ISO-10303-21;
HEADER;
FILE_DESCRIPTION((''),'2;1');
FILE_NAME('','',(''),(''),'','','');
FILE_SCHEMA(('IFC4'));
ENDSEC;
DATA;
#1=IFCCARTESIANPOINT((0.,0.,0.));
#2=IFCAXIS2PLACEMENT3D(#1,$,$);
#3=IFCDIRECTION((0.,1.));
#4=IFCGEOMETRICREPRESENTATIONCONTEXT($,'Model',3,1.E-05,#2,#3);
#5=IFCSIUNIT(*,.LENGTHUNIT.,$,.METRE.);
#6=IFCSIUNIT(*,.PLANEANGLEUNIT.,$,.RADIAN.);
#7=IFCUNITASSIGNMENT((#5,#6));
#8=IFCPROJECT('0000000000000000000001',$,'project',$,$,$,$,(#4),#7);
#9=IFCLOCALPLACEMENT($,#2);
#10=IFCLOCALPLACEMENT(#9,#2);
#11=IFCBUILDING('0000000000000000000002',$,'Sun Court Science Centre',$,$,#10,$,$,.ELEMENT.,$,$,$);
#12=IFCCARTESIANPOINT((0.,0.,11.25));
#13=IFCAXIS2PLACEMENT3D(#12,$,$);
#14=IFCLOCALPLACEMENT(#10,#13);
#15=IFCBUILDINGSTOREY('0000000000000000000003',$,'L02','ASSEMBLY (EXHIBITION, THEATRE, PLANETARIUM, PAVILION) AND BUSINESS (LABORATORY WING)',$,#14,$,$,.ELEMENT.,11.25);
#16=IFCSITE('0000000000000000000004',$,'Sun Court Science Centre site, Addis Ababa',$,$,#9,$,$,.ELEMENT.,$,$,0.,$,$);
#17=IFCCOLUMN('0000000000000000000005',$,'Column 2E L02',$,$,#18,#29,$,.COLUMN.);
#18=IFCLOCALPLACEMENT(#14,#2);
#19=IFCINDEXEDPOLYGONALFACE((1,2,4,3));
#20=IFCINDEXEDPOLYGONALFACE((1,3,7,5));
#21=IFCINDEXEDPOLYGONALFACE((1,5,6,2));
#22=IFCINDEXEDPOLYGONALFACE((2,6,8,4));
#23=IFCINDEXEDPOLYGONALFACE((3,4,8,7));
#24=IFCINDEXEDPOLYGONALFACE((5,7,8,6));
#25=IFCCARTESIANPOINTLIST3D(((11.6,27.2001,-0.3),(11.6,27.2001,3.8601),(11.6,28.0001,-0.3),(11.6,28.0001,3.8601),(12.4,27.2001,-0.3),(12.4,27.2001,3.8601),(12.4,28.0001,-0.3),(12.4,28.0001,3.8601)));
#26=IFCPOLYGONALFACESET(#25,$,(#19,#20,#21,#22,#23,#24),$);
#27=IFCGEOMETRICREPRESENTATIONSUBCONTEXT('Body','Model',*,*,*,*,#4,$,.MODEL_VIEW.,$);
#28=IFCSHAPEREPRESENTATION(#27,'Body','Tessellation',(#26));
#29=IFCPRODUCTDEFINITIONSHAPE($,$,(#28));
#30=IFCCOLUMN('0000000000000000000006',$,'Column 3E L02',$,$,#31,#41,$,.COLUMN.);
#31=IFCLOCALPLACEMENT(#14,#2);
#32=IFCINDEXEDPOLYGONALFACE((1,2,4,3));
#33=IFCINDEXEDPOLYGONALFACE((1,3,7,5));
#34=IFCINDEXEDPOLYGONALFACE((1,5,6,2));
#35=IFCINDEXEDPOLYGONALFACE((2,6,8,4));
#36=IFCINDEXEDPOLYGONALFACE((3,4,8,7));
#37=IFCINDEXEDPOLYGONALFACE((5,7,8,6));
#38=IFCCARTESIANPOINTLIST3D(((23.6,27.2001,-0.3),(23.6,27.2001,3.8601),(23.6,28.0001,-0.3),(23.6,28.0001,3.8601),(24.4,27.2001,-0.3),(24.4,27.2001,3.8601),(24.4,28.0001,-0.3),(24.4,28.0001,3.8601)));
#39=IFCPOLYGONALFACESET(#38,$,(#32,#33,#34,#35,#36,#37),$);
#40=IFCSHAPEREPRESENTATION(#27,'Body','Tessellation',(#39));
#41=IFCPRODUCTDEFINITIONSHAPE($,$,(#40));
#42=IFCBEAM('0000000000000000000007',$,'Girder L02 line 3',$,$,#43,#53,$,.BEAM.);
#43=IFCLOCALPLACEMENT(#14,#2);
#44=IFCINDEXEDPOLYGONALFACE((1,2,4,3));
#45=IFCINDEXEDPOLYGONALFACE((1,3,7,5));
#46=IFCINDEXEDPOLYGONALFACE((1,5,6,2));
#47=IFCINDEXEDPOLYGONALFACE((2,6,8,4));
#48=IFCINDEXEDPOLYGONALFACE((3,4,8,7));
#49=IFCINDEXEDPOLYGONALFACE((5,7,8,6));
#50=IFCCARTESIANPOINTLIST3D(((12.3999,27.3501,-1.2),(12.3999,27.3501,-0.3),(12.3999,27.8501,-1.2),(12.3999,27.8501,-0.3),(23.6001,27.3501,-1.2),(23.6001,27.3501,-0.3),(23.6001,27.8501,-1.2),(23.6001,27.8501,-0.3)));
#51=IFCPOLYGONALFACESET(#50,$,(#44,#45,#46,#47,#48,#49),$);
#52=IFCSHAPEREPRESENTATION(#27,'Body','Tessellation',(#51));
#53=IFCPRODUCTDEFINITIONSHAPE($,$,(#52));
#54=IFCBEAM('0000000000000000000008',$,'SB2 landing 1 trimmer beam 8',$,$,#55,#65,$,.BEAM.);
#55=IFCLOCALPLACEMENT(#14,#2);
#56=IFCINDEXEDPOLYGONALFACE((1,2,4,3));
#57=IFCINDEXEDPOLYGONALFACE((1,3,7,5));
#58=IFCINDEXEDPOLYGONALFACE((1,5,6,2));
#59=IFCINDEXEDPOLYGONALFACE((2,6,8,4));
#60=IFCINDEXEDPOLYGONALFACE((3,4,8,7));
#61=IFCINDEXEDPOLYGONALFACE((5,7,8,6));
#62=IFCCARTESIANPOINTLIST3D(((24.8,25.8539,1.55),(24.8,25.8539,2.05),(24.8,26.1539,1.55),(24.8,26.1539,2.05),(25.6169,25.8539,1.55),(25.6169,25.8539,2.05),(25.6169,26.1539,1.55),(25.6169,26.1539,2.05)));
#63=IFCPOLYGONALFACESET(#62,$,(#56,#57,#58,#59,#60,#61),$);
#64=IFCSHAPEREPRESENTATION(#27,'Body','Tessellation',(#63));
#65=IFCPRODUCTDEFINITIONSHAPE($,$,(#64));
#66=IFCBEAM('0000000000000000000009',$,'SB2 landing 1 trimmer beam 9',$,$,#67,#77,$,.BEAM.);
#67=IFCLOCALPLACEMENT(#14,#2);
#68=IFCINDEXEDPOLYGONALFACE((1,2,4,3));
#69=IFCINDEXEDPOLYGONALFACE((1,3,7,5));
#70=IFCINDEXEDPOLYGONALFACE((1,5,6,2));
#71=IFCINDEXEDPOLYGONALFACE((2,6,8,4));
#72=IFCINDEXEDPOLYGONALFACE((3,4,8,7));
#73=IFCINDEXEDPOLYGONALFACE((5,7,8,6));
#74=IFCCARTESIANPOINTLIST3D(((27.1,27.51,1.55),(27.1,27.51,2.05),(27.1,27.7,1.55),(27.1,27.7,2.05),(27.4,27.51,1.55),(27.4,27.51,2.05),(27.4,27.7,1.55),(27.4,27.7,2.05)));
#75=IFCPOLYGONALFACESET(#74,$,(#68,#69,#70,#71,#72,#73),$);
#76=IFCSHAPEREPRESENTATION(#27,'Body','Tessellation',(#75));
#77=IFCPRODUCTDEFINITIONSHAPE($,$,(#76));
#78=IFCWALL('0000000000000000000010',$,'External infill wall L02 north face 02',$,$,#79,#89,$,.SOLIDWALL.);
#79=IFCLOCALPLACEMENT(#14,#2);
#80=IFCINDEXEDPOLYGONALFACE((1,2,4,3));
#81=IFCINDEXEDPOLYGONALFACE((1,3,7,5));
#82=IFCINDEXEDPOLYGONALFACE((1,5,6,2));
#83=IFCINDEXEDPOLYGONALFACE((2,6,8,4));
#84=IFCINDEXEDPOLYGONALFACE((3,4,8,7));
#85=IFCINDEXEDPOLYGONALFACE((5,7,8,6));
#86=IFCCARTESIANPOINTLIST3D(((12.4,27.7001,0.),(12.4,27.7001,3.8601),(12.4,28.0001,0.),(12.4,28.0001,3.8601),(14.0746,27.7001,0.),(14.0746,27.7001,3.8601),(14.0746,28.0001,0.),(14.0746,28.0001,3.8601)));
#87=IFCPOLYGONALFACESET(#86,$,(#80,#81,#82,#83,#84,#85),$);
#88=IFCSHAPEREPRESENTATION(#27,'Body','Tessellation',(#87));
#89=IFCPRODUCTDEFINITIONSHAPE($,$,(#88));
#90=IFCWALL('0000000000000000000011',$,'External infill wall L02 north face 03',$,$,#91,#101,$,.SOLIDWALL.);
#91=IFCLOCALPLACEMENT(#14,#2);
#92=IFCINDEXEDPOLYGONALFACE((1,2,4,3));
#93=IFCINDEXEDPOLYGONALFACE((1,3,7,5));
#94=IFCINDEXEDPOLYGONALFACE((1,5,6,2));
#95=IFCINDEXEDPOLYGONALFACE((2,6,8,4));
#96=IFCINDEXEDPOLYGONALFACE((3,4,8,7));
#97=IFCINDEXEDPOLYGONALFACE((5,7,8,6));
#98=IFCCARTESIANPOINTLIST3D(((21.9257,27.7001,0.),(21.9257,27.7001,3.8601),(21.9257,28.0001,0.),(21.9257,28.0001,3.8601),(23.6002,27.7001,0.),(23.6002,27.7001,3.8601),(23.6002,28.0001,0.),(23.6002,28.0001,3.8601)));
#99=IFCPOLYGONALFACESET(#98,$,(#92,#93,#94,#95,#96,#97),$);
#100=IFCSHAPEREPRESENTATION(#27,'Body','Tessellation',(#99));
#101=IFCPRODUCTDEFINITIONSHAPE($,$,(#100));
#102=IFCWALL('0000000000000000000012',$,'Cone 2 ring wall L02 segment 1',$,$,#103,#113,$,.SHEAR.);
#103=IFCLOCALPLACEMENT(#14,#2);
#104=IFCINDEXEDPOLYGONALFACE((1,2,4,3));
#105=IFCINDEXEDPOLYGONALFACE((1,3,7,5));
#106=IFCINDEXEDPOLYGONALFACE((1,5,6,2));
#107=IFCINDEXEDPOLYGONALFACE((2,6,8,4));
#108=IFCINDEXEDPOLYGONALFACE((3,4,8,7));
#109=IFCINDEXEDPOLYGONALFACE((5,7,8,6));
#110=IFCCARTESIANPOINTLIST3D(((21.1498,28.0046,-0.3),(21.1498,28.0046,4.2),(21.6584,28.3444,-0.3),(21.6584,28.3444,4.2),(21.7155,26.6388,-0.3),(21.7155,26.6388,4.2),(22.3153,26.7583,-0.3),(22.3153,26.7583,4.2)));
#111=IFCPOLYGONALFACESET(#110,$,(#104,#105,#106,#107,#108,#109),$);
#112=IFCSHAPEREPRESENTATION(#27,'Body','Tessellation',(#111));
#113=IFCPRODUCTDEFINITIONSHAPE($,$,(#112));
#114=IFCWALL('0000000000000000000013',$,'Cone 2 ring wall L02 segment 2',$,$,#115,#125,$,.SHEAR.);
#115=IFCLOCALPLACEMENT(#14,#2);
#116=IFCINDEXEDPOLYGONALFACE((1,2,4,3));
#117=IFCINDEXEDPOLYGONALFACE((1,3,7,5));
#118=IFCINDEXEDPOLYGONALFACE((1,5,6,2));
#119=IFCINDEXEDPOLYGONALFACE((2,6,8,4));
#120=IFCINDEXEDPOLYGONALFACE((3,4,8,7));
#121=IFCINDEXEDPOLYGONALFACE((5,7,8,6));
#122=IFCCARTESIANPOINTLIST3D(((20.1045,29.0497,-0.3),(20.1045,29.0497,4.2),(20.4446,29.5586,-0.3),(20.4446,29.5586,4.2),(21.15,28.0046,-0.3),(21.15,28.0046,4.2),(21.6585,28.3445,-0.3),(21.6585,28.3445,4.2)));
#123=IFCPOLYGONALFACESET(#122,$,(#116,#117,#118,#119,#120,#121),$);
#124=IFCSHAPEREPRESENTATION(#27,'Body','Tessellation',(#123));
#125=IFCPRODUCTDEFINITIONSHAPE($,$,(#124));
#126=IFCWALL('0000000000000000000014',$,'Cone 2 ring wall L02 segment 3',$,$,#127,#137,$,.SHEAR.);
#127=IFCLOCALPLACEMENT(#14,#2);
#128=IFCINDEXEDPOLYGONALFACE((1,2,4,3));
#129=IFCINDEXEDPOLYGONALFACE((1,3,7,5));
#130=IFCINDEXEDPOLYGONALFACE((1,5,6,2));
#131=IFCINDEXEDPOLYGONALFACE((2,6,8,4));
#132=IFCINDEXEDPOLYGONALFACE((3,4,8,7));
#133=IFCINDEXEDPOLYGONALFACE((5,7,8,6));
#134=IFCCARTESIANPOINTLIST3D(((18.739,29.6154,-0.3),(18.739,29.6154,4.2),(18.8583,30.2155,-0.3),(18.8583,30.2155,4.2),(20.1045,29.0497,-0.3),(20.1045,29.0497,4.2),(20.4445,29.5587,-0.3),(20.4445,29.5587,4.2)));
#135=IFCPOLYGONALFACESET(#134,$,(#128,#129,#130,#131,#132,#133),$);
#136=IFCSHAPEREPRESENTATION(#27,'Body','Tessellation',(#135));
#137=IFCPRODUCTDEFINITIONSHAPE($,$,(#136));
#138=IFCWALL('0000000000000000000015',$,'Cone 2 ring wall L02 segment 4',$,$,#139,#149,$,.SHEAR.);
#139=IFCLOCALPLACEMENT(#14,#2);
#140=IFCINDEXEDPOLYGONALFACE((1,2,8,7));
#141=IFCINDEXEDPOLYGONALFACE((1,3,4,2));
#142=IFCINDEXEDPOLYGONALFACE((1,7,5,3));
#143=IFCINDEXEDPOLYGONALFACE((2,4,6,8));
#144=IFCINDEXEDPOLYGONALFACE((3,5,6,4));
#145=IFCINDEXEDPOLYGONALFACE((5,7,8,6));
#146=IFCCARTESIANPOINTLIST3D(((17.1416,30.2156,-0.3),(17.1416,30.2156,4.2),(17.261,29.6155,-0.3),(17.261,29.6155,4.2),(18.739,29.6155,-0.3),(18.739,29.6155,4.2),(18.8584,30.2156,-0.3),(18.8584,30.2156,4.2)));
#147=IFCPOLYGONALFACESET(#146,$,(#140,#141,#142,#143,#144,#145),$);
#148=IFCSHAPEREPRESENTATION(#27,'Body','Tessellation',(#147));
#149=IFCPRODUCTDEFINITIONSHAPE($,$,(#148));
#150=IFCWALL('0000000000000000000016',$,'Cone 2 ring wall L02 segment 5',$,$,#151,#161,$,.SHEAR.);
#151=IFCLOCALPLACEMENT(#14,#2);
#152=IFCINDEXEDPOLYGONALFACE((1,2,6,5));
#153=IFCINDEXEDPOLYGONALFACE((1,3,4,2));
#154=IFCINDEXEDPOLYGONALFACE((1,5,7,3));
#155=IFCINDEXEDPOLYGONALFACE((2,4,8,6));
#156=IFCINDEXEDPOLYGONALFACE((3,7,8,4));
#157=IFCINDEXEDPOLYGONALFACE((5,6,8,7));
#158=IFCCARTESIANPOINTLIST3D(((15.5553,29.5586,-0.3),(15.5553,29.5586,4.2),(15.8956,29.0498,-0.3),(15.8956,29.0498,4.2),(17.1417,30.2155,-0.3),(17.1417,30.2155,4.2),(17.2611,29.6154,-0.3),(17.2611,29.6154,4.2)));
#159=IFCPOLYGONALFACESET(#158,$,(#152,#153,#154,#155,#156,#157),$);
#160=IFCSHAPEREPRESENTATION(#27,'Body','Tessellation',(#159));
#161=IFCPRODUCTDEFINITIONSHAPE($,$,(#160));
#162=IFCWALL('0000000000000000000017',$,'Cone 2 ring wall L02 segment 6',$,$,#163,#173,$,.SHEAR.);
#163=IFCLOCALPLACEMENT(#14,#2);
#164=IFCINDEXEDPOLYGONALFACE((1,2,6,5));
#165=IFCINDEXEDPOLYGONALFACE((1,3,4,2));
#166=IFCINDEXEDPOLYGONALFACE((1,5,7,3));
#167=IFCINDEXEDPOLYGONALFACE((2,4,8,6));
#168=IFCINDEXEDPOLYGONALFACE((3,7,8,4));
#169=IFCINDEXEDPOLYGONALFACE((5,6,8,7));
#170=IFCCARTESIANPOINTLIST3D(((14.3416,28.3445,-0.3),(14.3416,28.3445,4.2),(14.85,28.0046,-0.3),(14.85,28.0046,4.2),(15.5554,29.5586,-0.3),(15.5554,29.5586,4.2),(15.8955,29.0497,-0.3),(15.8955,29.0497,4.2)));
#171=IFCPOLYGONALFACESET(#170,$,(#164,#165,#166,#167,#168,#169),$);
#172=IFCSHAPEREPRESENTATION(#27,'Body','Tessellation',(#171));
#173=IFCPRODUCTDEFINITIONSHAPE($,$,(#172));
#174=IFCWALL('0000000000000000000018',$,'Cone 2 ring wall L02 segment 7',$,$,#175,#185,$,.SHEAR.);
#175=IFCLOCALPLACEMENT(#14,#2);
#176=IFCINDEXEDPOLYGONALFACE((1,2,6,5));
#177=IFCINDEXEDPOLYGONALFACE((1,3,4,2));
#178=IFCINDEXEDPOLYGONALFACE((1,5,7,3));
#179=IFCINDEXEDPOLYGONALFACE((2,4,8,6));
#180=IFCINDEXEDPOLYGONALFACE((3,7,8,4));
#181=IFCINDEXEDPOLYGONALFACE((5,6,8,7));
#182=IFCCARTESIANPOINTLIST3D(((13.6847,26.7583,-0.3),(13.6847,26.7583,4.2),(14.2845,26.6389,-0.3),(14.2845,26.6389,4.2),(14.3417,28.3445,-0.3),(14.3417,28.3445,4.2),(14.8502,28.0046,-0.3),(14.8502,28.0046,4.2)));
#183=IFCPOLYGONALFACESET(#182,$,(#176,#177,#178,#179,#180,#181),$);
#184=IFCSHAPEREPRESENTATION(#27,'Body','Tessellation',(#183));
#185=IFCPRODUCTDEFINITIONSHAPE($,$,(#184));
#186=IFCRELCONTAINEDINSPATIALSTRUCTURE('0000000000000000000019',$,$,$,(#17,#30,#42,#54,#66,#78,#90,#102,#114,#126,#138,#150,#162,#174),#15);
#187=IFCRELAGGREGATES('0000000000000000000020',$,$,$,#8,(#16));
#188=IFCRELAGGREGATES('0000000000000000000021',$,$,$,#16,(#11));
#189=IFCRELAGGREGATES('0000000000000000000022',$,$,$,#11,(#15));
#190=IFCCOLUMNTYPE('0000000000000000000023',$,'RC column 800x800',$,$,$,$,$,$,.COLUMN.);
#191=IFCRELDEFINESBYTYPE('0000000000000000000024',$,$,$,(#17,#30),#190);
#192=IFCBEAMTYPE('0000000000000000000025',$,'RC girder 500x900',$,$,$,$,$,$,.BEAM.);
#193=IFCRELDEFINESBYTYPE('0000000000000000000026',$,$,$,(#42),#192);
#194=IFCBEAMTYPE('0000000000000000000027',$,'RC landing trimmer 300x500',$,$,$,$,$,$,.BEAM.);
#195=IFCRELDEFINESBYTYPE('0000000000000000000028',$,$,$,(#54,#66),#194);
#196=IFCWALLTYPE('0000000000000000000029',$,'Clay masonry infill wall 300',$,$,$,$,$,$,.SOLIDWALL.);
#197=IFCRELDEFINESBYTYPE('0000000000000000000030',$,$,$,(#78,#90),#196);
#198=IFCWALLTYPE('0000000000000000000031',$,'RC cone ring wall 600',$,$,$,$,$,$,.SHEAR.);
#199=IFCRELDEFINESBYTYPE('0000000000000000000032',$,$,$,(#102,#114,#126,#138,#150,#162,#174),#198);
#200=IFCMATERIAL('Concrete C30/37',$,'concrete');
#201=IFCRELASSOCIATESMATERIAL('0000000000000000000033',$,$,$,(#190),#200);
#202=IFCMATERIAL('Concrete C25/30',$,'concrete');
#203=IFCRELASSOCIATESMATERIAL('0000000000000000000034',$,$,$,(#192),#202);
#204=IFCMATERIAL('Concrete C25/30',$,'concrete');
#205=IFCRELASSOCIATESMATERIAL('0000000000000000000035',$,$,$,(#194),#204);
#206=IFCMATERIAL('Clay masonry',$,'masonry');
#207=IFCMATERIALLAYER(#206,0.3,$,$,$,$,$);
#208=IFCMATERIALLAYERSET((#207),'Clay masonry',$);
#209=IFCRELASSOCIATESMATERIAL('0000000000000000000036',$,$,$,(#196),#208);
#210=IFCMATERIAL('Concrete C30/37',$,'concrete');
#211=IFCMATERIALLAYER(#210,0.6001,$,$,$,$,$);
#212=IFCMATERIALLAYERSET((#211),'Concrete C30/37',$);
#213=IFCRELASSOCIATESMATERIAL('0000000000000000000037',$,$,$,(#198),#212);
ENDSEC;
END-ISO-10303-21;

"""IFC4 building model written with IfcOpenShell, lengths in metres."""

from ifc_helpers import new_model, si_unit, direction, frame, frame_2d, origin, origin_2d, place, context, subcontext, project, spatial, polyline, rectangle, outline, extrude, material, layer, layer_set, material_profile, profile_set, type_object, element, save


model = new_model("IFC4")

# Units and contexts
model_context = context("Model", 3, precision=1e-05, world=origin(), true_north=direction((0.0, 1.0)))
body_context = subcontext(model_context, "Body", "Model", "MODEL_VIEW")
ifc_project = project(units=[si_unit("LENGTHUNIT", "METRE"), si_unit("PLANEANGLEUNIT", "RADIAN")], contexts=[model_context])

# Site, building, storey
site_placement = place(None, origin())
site = spatial("IfcSite", under=ifc_project, at=site_placement, Name="Sun Court Science Centre site, Addis Ababa", CompositionType="ELEMENT", RefElevation=0.0)
building_placement = place(site_placement, origin())
building = spatial("IfcBuilding", under=site, at=building_placement, Name="Sun Court Science Centre", CompositionType="ELEMENT")
storey_placement = place(building_placement, frame((0.0, 0.0, 11.25)))
storey = spatial("IfcBuildingStorey", under=building, at=storey_placement, Name="L02", Description="ASSEMBLY (EXHIBITION, THEATRE, PLANETARIUM, PAVILION) AND BUSINESS (LABORATORY WING)", CompositionType="ELEMENT", Elevation=11.25)

# Columns
ifc_material_1 = material(Name="Concrete C30/37", Category="concrete")
ifc_material_profile_1 = material_profile(ifc_material_1, rectangle(XDim=0.8, YDim=0.8, at=origin_2d()), Name="RC 800x800")
ifc_profile_set_1 = profile_set([ifc_material_profile_1], Name="Concrete C30/37")
column_type = type_object("IfcColumnType", Name="RC column 800x800", PredefinedType="COLUMN", material=ifc_profile_set_1)
for number, where, z_axis, x_axis, name in (
    (1, (12.0, 27.6001, -0.3), (0.0, 0.0, 1.0), (1.0, 0.0, 0.0), "Column 2E L02"),
    (2, (24.0, 27.6001, -0.3), (0.0, 0.0, 1.0), (1.0, 0.0, 0.0), "Column 3E L02"),
):
    element("IfcColumn", number, at=place(storey_placement, frame(where, z_axis=z_axis, x_axis=x_axis)), inside=storey, type_object=column_type, Name=name, PredefinedType="COLUMN", context=body_context, shape_type="SweptSolid", body=[
        extrude(rectangle(XDim=0.8, YDim=0.8, at=origin_2d()), origin(), (0.0, 0.0, 1.0), 4.1602),
    ])

# Beams
ifc_material_2 = material(Name="Concrete C25/30", Category="concrete")
ifc_material_profile_2 = material_profile(ifc_material_2, rectangle(XDim=0.5, YDim=0.8999, at=origin_2d()), Name="RC 500x900")
ifc_profile_set_2 = profile_set([ifc_material_profile_2], Name="Concrete C25/30")
beam_type_1 = type_object("IfcBeamType", Name="RC girder 500x900", PredefinedType="BEAM", material=ifc_profile_set_2)
beam_1_placement = place(storey_placement, frame((12.3999, 27.6001, -0.75), z_axis=(1.0, 0.0, 0.0), x_axis=(0.0, 1.0, 0.0)))
element("IfcBeam", 3, at=beam_1_placement, inside=storey, type_object=beam_type_1, Name="Girder L02 line 3", PredefinedType="BEAM", context=body_context, shape_type="SweptSolid", body=[
    extrude(rectangle(XDim=0.5, YDim=0.8999, at=origin_2d()), origin(), (0.0, 0.0, 1.0), 11.2002),
])
ifc_material_3 = material(Name="Concrete C25/30", Category="concrete")
ifc_material_profile_3 = material_profile(ifc_material_3, rectangle(XDim=0.3, YDim=0.5, at=origin_2d()), Name="RC 300x500")
ifc_profile_set_3 = profile_set([ifc_material_profile_3], Name="Concrete C25/30")
beam_type_2 = type_object("IfcBeamType", Name="RC landing trimmer 300x500", PredefinedType="BEAM", material=ifc_profile_set_3)
beam_2_placement = place(storey_placement, frame((24.8, 26.0039, 1.8), z_axis=(1.0, 0.0, 0.0), x_axis=(0.0, 1.0, 0.0)))
element("IfcBeam", 4, at=beam_2_placement, inside=storey, type_object=beam_type_2, Name="SB2 landing 1 trimmer beam 8", PredefinedType="BEAM", context=body_context, shape_type="SweptSolid", body=[
    extrude(rectangle(XDim=0.3, YDim=0.5, at=origin_2d()), origin(), (0.0, 0.0, 1.0), 0.8169),
])
beam_3_placement = place(storey_placement, frame((27.25, 27.7, 1.8), z_axis=(0.0, -1.0, 0.0), x_axis=(1.0, 0.0, 0.0)))
element("IfcBeam", 5, at=beam_3_placement, inside=storey, type_object=beam_type_2, Name="SB2 landing 1 trimmer beam 9", PredefinedType="BEAM", context=body_context, shape_type="SweptSolid", body=[
    extrude(rectangle(XDim=0.3, YDim=0.5, at=origin_2d()), origin(), (0.0, 0.0, 1.0), 0.1899),
])

# Walls
ifc_material_4 = material(Name="Clay masonry", Category="masonry")
ifc_layer_1 = layer(ifc_material_4, 0.3)
ifc_layer_set_1 = layer_set([ifc_layer_1], Name="Clay masonry")
wall_type_1 = type_object("IfcWallType", Name="Clay masonry infill wall 300", PredefinedType="SOLIDWALL", material=ifc_layer_set_1)
for number, where, z_axis, x_axis, name in (
    (6, (12.3999, 27.8501, 0.0), (0.0, 0.0, 1.0), (1.0, 0.0, 0.0), "External infill wall L02 north face 02"),
    (7, (21.9255, 27.8501, 0.0), (0.0, 0.0, 1.0), (1.0, 0.0, 0.0), "External infill wall L02 north face 03"),
):
    element("IfcWall", number, at=place(storey_placement, frame(where, z_axis=z_axis, x_axis=x_axis)), inside=storey, type_object=wall_type_1, Name=name, PredefinedType="SOLIDWALL", context=body_context, shape_type="SweptSolid", body=[
        extrude(rectangle(XDim=1.6746, YDim=0.3, at=frame_2d((0.8374, 0.0))), origin(), (0.0, 0.0, 1.0), 3.8601),
    ])
ifc_material_5 = material(Name="Concrete C30/37", Category="concrete")
ifc_layer_2 = layer(ifc_material_5, 0.6001)
ifc_layer_set_2 = layer_set([ifc_layer_2], Name="Concrete C30/37")
wall_type_2 = type_object("IfcWallType", Name="RC cone ring wall 600", PredefinedType="SHEAR", material=ifc_layer_set_2)
wall_1_placement = place(storey_placement, frame((22.0383, 26.6436, -0.3), z_axis=(0.0, 0.0, 1.0), x_axis=(-0.382666, 0.923887, 0.0)))
element("IfcWall", 8, at=wall_1_placement, inside=storey, type_object=wall_type_2, Name="Cone 2 ring wall L02 segment 1", PredefinedType="SHEAR", context=body_context, shape_type="SweptSolid", body=[
    extrude(outline(polyline([(0.0, -0.2998), (1.7168, -0.2998), (1.5974, 0.3), (0.1191, 0.3), (0.0, -0.2998)])), origin(), (0.0, 0.0, 1.0), 4.5),
])
wall_2_placement = place(storey_placement, frame((21.4463, 28.1323, -0.3), z_axis=(0.0, 0.0, 1.0), x_axis=(-0.707036, 0.707178, 0.0)))
element("IfcWall", 9, at=wall_2_placement, inside=storey, type_object=wall_type_2, Name="Cone 2 ring wall L02 segment 2", PredefinedType="SHEAR", context=body_context, shape_type="SweptSolid", body=[
    extrude(outline(polyline([(0.0, -0.3), (1.7168, -0.3), (1.5974, 0.3003), (0.1191, 0.2998), (0.0, -0.3)])), origin(), (0.0, 0.0, 1.0), 4.5),
])
wall_3_placement = place(storey_placement, frame((20.3296, 29.2812, -0.3), z_axis=(0.0, 0.0, 1.0), x_axis=(-0.923866, 0.382716, 0.0)))
element("IfcWall", 10, at=wall_3_placement, inside=storey, type_object=wall_type_2, Name="Cone 2 ring wall L02 segment 3", PredefinedType="SHEAR", context=body_context, shape_type="SweptSolid", body=[
    extrude(outline(polyline([(0.0, -0.3003), (1.7168, -0.3), (1.5974, 0.3), (0.1194, 0.3), (0.0, -0.3003)])), origin(), (0.0, 0.0, 1.0), 4.5),
])
wall_4_placement = place(storey_placement, frame((18.8584, 29.9155, -0.3), z_axis=(0.0, 0.0, 1.0), x_axis=(-1.0, 0.0, 0.0)))
element("IfcWall", 11, at=wall_4_placement, inside=storey, type_object=wall_type_2, Name="Cone 2 ring wall L02 segment 4", PredefinedType="SHEAR", context=body_context, shape_type="SweptSolid", body=[
    extrude(outline(polyline([(0.0, -0.3), (1.7168, -0.3), (1.5974, 0.3), (0.1194, 0.3), (0.0, -0.3)])), origin(), (0.0, 0.0, 1.0), 4.5),
])
wall_5_placement = place(storey_placement, frame((17.2563, 29.9382, -0.3), z_axis=(0.0, 0.0, 1.0), x_axis=(-0.923866, -0.382716, 0.0)))
element("IfcWall", 12, at=wall_5_placement, inside=storey, type_object=wall_type_2, Name="Cone 2 ring wall L02 segment 5", PredefinedType="SHEAR", context=body_context, shape_type="SweptSolid", body=[
    extrude(outline(polyline([(-0.0002, -0.3), (1.7168, -0.3003), (1.5972, 0.3), (0.1191, 0.3), (-0.0002, -0.3)])), origin(), (0.0, 0.0, 1.0), 4.5),
])
wall_6_placement = place(storey_placement, frame((15.7676, 29.3464, -0.3), z_axis=(0.0, 0.0, 1.0), x_axis=(-0.707036, -0.707178, 0.0)))
element("IfcWall", 13, at=wall_6_placement, inside=storey, type_object=wall_type_2, Name="Cone 2 ring wall L02 segment 6", PredefinedType="SHEAR", context=body_context, shape_type="SweptSolid", body=[
    extrude(outline(polyline([(0.0, -0.3), (1.7168, -0.3), (1.5977, 0.2998), (0.1194, 0.3003), (0.0, -0.3)])), origin(), (0.0, 0.0, 1.0), 4.5),
])
wall_7_placement = place(storey_placement, frame((14.6187, 28.2297, -0.3), z_axis=(0.0, 0.0, 1.0), x_axis=(-0.382666, -0.923887, 0.0)))
element("IfcWall", 14, at=wall_7_placement, inside=storey, type_object=wall_type_2, Name="Cone 2 ring wall L02 segment 7", PredefinedType="SHEAR", context=body_context, shape_type="SweptSolid", body=[
    extrude(outline(polyline([(0.0, -0.2998), (1.7168, -0.2998), (1.5977, 0.3), (0.1194, 0.3), (0.0, -0.2998)])), origin(), (0.0, 0.0, 1.0), 4.5),
])

save(model, "model.ifc")
